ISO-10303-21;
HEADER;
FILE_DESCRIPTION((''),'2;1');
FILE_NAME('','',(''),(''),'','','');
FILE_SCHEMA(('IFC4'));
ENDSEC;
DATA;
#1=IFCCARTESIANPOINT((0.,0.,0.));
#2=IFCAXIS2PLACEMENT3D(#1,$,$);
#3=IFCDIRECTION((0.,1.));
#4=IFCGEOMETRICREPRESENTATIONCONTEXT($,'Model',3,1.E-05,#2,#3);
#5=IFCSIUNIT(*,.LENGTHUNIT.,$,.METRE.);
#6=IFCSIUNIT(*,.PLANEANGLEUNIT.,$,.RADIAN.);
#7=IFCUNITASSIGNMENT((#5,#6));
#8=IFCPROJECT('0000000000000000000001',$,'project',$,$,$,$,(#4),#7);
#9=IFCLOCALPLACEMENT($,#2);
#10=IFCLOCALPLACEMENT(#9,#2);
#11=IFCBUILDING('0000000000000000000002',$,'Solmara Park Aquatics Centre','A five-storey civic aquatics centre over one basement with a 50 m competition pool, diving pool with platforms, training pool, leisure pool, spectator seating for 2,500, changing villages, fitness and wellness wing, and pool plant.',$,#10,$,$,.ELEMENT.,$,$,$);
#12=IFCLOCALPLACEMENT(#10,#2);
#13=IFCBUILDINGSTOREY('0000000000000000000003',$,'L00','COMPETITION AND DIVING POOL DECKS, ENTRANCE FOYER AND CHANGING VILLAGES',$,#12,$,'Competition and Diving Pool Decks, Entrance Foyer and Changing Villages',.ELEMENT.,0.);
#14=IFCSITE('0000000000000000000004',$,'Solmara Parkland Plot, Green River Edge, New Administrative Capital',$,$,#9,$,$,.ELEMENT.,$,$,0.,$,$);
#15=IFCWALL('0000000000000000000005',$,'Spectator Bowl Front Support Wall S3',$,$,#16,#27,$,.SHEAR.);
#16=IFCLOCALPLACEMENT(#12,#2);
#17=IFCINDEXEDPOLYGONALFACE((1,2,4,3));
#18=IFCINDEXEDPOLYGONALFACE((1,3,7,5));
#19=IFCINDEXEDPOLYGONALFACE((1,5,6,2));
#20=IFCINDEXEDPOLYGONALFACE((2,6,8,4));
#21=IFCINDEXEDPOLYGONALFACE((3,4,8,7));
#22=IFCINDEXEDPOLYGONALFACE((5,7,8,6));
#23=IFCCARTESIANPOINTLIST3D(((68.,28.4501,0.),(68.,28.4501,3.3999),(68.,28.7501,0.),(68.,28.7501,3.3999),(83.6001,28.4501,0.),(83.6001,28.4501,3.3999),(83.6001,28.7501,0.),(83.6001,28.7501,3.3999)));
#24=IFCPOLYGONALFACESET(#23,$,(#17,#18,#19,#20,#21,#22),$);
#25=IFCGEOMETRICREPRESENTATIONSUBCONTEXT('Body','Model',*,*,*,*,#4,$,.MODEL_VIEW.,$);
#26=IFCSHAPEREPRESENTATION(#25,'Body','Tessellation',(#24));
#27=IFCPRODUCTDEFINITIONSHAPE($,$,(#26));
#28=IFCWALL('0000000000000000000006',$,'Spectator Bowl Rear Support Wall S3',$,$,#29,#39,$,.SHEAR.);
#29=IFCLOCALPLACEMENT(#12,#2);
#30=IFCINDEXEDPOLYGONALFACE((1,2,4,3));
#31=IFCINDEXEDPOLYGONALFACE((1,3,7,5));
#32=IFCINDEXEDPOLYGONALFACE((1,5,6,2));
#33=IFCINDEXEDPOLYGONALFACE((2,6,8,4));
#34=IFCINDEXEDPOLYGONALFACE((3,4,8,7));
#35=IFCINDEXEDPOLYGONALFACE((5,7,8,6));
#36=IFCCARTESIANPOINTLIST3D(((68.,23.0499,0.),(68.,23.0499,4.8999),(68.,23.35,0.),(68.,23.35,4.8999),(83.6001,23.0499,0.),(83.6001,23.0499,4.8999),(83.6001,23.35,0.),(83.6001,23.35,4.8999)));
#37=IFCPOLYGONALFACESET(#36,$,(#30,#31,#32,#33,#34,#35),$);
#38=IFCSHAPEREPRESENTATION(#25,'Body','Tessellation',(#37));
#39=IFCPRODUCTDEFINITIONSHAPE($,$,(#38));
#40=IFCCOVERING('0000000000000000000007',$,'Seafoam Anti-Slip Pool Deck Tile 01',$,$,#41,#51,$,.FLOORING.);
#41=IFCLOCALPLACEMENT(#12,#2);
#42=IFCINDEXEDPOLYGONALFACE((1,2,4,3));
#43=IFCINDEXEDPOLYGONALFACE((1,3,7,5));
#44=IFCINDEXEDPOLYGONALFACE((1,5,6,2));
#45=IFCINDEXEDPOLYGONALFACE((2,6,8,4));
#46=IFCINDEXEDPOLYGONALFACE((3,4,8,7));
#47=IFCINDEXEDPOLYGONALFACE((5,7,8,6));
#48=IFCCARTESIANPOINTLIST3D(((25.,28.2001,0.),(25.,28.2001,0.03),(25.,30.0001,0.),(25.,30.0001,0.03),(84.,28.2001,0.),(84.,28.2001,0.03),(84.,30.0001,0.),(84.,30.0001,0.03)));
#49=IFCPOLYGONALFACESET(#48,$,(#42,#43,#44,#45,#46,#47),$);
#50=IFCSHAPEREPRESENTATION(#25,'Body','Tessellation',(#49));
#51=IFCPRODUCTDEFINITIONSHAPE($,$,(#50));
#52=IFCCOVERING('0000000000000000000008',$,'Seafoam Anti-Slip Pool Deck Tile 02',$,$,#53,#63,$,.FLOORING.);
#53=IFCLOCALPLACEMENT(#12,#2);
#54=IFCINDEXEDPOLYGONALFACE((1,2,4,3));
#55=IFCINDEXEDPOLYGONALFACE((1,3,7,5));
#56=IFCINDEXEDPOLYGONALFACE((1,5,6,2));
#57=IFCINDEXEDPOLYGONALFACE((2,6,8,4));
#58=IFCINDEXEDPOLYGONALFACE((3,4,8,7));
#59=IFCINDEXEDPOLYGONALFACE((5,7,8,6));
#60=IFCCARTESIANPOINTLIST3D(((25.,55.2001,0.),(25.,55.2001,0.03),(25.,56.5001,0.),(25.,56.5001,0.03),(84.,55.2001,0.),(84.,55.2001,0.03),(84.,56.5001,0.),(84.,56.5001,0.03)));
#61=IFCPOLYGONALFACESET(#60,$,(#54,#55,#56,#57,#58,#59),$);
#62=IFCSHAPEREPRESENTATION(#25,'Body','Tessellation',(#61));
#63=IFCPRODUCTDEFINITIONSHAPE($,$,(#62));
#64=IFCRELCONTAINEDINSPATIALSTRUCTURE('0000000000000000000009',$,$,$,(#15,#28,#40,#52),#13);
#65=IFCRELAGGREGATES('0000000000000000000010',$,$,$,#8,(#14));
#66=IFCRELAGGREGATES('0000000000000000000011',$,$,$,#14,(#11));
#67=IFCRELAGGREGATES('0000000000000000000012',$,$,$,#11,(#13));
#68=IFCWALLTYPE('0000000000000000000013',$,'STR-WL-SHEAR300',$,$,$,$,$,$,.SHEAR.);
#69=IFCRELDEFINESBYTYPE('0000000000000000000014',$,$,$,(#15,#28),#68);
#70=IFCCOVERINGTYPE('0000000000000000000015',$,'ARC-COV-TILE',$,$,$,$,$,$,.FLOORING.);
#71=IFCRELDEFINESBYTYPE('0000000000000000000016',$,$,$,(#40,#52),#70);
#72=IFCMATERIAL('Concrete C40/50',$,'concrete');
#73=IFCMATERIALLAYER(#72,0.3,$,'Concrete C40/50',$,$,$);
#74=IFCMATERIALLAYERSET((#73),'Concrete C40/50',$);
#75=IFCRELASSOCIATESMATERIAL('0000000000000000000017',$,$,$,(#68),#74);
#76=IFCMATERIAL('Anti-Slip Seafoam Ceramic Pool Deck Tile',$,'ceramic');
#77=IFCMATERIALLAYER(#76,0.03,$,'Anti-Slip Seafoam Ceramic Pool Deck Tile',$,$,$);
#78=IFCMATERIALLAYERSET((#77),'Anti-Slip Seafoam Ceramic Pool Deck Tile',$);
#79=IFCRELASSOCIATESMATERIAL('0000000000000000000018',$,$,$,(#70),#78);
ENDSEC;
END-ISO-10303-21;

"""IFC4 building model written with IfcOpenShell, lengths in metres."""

from ifc_helpers import new_model, si_unit, direction, frame, frame_2d, origin, origin_2d, place, context, subcontext, project, spatial, rectangle, extrude, material, layer, layer_set, type_object, element, save


model = new_model("IFC4")

# Units and contexts
model_context = context("Model", 3, precision=1e-05, world=origin(), true_north=direction((0.0, 1.0)))
body_context = subcontext(model_context, "Body", "Model", "MODEL_VIEW")
ifc_project = project(units=[si_unit("LENGTHUNIT", "METRE"), si_unit("PLANEANGLEUNIT", "RADIAN")], contexts=[model_context])

# Site, building, storey
site_placement = place(None, origin())
site = spatial("IfcSite", under=ifc_project, at=site_placement, Name="Solmara Parkland Plot, Green River Edge, New Administrative Capital", CompositionType="ELEMENT", RefElevation=0.0)
building_placement = place(site_placement, origin())
building = spatial("IfcBuilding", under=site, at=building_placement, Name="Solmara Park Aquatics Centre", Description="A five-storey civic aquatics centre over one basement with a 50 m competition pool, diving pool with platforms, training pool, leisure pool, spectator seating for 2,500, changing villages, fitness and wellness wing, and pool plant.", CompositionType="ELEMENT")
storey_placement = place(building_placement, origin())
storey = spatial("IfcBuildingStorey", under=building, at=storey_placement, Name="L00", Description="COMPETITION AND DIVING POOL DECKS, ENTRANCE FOYER AND CHANGING VILLAGES", LongName="Competition and Diving Pool Decks, Entrance Foyer and Changing Villages", CompositionType="ELEMENT", Elevation=0.0)

# Shared definitions
ifc_material_1 = material(Name="Concrete C40/50", Category="concrete")

# Walls
ifc_layer_1 = layer(ifc_material_1, 0.3, Name="Concrete C40/50")
ifc_layer_set_1 = layer_set([ifc_layer_1], Name="Concrete C40/50")
wall_type = type_object("IfcWallType", Name="STR-WL-SHEAR300", PredefinedType="SHEAR", material=ifc_layer_set_1)
wall_1_placement = place(storey_placement, frame((68.0, 28.6001, 0.0), z_axis=(0.0, 0.0, 1.0), x_axis=(1.0, 0.0, 0.0)))
element("IfcWall", 1, at=wall_1_placement, inside=storey, type_object=wall_type, Name="Spectator Bowl Front Support Wall S3", PredefinedType="SHEAR", context=body_context, shape_type="SweptSolid", body=[
    extrude(rectangle(XDim=15.6001, YDim=0.3, at=frame_2d((7.8, 0.0))), origin(), (0.0, 0.0, 1.0), 3.3999),
])
wall_2_placement = place(storey_placement, frame((68.0, 23.2, 0.0), z_axis=(0.0, 0.0, 1.0), x_axis=(1.0, 0.0, 0.0)))
element("IfcWall", 2, at=wall_2_placement, inside=storey, type_object=wall_type, Name="Spectator Bowl Rear Support Wall S3", PredefinedType="SHEAR", context=body_context, shape_type="SweptSolid", body=[
    extrude(rectangle(XDim=15.6001, YDim=0.3, at=frame_2d((7.8, 0.0))), origin(), (0.0, 0.0, 1.0), 4.8999),
])

# Coverings
ifc_material_2 = material(Name="Anti-Slip Seafoam Ceramic Pool Deck Tile", Category="ceramic")
ifc_layer_2 = layer(ifc_material_2, 0.03, Name="Anti-Slip Seafoam Ceramic Pool Deck Tile")
ifc_layer_set_2 = layer_set([ifc_layer_2], Name="Anti-Slip Seafoam Ceramic Pool Deck Tile")
covering_type = type_object("IfcCoveringType", Name="ARC-COV-TILE", PredefinedType="FLOORING", material=ifc_layer_set_2)
covering_1_placement = place(storey_placement, frame((54.5, 29.1001, 0.0), z_axis=(0.0, 0.0, 1.0), x_axis=(1.0, 0.0, 0.0)))
element("IfcCovering", 3, at=covering_1_placement, inside=storey, type_object=covering_type, Name="Seafoam Anti-Slip Pool Deck Tile 01", PredefinedType="FLOORING", context=body_context, shape_type="SweptSolid", body=[
    extrude(rectangle(XDim=59.0, YDim=1.8, at=origin_2d()), origin(), (0.0, 0.0, 1.0), 0.03),
])
covering_2_placement = place(storey_placement, frame((54.5, 55.8501, 0.0), z_axis=(0.0, 0.0, 1.0), x_axis=(1.0, 0.0, 0.0)))
element("IfcCovering", 4, at=covering_2_placement, inside=storey, type_object=covering_type, Name="Seafoam Anti-Slip Pool Deck Tile 02", PredefinedType="FLOORING", context=body_context, shape_type="SweptSolid", body=[
    extrude(rectangle(XDim=59.0, YDim=1.3, at=origin_2d()), origin(), (0.0, 0.0, 1.0), 0.03),
])

save(model, "model.ifc")
